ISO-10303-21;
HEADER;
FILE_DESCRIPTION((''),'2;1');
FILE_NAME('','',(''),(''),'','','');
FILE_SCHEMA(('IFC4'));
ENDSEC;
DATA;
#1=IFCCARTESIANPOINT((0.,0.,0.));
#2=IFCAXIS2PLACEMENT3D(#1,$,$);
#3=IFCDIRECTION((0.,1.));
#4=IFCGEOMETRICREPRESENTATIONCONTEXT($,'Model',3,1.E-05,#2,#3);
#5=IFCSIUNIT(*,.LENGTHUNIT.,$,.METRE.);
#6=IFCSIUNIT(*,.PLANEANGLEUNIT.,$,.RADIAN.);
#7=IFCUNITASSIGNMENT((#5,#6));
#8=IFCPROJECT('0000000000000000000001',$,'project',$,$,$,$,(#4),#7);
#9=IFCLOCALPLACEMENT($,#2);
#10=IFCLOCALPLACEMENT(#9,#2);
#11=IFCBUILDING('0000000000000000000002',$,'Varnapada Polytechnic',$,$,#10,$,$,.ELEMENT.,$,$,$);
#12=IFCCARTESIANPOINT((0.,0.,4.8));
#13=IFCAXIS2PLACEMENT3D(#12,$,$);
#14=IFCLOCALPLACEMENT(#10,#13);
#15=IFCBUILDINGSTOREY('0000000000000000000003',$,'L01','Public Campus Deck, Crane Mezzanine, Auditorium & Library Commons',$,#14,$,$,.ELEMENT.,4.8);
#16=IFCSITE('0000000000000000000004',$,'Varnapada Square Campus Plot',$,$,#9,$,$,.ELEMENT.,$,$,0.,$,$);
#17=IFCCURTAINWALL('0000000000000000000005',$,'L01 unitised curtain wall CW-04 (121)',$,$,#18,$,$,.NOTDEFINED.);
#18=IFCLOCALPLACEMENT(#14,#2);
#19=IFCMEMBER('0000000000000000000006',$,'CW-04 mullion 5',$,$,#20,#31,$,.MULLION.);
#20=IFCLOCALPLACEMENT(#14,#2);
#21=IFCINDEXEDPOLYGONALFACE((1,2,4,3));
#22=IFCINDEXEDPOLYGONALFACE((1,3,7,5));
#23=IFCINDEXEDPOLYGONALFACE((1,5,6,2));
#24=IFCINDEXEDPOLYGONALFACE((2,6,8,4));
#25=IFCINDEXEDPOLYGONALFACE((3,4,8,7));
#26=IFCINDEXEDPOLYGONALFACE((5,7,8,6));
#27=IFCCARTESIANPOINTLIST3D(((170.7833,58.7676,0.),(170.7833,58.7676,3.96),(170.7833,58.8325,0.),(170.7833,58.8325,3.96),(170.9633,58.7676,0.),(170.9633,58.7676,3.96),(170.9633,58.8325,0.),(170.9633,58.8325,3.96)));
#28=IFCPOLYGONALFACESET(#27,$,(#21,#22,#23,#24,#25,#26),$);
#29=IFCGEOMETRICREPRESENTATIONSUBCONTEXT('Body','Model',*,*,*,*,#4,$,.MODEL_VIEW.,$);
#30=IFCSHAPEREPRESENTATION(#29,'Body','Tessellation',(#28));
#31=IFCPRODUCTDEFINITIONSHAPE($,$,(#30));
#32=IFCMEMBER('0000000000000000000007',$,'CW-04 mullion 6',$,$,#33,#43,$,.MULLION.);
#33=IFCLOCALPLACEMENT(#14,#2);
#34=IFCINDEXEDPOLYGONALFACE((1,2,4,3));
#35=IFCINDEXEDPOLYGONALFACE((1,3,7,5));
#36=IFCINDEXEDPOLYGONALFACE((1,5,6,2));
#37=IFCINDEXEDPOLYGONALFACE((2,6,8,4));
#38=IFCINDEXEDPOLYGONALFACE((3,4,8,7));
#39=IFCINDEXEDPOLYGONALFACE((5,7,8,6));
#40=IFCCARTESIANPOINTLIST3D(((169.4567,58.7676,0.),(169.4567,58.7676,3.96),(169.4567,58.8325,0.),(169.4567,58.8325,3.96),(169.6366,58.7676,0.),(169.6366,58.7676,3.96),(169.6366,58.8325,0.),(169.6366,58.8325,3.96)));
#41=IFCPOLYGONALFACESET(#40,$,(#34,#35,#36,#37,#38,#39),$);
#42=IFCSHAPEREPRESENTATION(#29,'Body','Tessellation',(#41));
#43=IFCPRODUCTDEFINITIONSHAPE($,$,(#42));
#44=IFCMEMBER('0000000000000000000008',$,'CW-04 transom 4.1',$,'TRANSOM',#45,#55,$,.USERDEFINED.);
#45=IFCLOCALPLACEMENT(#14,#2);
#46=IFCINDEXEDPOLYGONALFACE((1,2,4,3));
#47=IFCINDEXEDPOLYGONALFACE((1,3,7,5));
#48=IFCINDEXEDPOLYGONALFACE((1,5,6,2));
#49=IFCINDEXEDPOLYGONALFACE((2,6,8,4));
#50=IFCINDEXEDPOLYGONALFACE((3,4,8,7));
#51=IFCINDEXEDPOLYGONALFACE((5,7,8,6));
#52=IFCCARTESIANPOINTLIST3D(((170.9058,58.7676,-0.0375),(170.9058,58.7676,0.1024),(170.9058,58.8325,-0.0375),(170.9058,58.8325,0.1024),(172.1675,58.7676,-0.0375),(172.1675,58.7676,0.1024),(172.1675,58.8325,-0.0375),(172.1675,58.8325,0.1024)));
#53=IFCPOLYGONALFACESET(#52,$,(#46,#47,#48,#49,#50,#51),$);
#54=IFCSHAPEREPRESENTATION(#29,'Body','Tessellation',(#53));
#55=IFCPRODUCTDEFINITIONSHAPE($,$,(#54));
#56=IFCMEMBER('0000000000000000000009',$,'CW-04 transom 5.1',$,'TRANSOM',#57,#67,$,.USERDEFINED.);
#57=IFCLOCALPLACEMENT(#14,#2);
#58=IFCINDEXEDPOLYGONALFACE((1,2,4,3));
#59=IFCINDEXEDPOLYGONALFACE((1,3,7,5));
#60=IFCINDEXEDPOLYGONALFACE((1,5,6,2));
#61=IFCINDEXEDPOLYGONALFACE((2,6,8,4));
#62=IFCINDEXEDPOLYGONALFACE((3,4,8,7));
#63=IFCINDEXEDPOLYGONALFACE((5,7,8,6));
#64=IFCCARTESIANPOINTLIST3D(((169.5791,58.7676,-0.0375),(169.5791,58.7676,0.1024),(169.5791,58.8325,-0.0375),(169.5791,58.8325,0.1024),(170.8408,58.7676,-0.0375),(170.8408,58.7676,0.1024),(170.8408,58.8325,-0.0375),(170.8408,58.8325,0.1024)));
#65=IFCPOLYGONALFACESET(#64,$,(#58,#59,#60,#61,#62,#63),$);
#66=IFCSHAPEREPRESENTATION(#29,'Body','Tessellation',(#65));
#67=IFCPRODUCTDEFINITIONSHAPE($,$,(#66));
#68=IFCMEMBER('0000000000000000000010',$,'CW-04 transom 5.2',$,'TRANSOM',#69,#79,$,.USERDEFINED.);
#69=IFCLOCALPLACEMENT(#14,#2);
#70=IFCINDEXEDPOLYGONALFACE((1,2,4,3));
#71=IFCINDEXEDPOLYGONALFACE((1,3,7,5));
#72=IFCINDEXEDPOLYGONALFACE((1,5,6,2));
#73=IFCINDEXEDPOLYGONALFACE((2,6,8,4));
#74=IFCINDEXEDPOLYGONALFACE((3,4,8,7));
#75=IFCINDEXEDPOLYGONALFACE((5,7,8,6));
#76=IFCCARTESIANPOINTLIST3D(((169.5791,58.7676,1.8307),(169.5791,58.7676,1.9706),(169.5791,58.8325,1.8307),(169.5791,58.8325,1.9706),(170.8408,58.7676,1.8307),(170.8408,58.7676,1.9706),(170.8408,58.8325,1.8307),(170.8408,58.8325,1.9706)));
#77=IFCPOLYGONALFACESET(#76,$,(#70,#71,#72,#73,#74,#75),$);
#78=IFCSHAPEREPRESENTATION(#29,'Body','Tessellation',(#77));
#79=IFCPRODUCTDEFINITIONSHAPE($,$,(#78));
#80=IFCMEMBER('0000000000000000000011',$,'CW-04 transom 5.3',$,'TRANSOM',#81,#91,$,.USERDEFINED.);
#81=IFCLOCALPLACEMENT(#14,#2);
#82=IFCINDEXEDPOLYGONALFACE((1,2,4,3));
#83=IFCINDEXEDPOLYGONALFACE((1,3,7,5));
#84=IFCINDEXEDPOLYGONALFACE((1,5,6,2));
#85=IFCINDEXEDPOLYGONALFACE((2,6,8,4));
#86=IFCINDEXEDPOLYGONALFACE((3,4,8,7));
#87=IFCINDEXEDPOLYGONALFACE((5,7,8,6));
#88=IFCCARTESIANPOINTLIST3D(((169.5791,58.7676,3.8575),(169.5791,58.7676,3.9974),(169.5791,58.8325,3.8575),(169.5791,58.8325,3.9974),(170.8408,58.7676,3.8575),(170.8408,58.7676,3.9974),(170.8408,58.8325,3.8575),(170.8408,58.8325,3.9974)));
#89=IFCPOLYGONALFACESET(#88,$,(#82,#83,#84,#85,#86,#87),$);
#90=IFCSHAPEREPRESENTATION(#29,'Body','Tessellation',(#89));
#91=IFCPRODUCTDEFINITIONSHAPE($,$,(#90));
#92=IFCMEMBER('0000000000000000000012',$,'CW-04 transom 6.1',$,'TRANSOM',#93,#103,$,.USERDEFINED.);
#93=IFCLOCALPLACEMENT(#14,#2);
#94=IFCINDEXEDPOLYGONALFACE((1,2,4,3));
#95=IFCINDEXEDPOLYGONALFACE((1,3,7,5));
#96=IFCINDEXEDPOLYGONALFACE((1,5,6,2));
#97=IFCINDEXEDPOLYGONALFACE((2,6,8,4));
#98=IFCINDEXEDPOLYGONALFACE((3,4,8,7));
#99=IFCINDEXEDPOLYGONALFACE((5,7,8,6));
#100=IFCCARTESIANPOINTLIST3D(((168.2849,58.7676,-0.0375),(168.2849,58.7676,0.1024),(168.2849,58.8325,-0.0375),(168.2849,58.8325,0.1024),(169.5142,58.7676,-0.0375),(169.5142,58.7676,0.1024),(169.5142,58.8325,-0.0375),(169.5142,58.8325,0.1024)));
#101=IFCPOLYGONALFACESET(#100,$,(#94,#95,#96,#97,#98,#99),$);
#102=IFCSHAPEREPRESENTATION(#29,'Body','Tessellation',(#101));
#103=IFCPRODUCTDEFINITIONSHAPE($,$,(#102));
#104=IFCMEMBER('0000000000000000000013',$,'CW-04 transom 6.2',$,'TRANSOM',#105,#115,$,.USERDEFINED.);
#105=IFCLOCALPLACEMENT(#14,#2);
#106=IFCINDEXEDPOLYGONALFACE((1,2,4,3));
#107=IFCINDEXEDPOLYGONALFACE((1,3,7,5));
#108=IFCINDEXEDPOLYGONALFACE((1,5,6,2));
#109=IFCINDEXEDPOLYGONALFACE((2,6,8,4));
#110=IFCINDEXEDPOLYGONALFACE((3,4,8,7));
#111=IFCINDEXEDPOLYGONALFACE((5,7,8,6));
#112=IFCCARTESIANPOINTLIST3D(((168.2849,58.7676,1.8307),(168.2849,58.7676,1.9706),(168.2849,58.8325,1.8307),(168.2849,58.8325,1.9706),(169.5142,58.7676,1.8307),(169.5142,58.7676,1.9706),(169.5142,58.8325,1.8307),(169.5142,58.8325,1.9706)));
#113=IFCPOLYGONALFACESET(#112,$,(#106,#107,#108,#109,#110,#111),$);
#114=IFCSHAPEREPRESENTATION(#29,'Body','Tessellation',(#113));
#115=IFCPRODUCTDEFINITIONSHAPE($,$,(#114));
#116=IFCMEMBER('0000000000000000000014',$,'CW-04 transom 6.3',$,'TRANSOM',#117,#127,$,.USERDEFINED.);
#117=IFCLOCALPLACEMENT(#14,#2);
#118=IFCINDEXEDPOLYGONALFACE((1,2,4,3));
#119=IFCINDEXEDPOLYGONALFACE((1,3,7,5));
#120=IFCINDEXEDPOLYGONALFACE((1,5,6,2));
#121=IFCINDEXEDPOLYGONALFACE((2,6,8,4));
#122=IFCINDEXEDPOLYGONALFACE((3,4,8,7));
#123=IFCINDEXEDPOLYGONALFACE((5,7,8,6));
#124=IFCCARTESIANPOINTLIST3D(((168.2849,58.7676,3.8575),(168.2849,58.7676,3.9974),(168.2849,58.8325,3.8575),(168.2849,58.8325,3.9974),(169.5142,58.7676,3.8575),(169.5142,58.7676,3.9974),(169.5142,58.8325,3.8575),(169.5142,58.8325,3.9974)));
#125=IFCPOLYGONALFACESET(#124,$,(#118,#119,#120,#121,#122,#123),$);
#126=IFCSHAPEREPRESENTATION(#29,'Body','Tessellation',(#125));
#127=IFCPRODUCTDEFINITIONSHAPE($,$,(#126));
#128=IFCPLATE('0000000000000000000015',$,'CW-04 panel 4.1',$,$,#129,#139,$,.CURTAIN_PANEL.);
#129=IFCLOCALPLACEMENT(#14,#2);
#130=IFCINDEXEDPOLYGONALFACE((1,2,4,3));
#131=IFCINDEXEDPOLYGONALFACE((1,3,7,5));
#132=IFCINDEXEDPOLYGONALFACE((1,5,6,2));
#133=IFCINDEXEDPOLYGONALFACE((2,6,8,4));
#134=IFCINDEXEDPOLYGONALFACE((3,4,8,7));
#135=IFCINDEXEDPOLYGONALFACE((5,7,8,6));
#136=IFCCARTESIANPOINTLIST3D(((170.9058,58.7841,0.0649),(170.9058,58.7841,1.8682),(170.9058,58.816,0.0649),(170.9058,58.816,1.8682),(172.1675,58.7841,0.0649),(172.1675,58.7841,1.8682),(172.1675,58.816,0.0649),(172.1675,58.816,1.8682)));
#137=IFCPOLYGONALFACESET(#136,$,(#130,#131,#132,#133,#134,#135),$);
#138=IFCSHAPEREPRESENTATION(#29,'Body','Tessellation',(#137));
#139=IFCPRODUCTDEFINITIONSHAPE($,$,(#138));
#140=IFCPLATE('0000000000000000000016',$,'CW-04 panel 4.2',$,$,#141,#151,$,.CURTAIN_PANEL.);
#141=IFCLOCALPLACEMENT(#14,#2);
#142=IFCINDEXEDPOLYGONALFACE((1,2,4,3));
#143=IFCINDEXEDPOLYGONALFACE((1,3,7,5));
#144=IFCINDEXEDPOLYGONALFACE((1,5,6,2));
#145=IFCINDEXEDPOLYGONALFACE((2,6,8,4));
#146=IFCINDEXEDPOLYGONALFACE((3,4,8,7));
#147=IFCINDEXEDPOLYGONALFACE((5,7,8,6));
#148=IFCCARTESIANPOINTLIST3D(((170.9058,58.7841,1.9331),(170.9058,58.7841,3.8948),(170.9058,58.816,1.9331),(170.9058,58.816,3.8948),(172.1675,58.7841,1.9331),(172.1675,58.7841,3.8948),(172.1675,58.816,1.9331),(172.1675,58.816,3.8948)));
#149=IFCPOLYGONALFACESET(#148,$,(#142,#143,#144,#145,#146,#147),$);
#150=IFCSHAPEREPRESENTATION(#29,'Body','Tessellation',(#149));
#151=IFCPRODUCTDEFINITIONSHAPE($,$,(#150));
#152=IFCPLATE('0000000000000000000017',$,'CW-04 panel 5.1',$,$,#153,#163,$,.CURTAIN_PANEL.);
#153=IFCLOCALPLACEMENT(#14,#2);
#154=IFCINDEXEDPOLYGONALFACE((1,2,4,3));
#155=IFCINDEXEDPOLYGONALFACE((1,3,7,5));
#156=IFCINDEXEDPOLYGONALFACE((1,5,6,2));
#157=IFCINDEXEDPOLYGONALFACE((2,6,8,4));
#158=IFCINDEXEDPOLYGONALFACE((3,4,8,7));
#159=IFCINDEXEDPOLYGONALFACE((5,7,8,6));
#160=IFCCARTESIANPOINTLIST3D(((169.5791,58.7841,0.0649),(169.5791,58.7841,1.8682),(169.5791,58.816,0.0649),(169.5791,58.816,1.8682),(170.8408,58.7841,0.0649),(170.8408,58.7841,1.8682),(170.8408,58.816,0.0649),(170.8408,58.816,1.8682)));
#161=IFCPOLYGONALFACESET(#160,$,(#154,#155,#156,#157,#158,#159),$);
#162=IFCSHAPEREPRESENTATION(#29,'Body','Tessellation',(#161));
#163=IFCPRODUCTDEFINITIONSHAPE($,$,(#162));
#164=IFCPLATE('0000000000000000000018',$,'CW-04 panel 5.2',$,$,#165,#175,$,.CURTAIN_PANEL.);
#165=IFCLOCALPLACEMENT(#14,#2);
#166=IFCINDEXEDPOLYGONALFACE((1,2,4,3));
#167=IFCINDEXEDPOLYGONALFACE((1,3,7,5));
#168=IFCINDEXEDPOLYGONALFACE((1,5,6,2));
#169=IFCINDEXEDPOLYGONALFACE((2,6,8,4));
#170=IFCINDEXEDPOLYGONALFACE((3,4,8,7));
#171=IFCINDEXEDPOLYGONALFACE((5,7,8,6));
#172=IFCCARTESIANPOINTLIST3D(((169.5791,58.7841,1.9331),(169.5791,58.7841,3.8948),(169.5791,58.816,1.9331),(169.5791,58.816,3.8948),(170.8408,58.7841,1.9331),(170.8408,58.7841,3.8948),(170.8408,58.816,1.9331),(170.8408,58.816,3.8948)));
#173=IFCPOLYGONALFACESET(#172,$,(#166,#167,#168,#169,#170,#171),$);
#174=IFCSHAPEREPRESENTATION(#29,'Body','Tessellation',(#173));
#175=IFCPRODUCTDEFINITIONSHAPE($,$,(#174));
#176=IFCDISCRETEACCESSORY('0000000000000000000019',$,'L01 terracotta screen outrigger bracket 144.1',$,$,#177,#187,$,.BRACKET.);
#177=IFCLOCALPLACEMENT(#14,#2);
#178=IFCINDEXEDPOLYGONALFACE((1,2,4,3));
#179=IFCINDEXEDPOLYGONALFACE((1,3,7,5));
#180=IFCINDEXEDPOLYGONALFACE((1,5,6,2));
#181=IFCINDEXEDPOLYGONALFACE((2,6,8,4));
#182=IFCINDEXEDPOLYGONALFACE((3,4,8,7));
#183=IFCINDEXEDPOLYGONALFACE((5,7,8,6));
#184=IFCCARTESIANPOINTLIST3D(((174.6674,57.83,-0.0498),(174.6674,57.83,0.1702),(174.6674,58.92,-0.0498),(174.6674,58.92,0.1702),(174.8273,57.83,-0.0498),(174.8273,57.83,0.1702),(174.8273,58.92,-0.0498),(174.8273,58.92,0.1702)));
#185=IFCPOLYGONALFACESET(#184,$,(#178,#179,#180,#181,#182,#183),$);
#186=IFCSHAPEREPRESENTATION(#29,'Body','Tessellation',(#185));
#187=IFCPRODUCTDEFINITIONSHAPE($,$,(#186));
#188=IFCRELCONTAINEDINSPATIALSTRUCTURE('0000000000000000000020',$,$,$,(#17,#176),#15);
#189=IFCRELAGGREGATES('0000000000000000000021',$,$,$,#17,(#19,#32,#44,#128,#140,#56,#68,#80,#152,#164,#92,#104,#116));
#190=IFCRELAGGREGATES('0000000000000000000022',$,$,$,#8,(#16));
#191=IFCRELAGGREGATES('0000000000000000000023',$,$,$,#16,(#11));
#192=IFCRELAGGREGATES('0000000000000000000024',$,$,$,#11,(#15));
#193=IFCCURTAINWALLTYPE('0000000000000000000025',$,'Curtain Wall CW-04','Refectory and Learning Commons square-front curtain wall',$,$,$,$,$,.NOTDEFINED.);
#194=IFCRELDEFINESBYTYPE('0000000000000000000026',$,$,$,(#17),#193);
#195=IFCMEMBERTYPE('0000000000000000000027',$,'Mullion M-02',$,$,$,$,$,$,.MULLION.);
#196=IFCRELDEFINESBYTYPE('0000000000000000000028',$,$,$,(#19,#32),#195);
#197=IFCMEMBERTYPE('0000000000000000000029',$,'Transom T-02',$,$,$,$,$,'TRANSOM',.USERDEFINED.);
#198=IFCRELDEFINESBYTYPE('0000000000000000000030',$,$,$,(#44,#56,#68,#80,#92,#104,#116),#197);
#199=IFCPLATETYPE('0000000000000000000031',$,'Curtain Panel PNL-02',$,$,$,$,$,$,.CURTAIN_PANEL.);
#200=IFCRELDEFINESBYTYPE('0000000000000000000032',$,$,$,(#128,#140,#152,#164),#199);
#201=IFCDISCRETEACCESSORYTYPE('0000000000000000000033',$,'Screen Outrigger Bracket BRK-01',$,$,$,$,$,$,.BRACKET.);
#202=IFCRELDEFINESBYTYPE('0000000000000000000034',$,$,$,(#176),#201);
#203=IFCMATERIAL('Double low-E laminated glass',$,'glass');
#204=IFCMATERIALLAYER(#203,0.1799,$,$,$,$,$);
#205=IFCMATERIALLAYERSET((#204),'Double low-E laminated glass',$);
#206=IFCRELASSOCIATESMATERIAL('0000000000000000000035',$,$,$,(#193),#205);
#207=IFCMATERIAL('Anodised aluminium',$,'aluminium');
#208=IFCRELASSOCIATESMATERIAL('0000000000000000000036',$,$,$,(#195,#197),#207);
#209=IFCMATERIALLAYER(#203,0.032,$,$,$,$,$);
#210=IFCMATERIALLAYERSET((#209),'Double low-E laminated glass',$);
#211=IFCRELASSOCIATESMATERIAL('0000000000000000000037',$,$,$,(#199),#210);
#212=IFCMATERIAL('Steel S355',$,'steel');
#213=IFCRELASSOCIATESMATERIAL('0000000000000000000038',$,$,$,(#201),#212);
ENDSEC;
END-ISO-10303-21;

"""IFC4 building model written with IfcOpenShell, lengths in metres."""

from ifc_helpers import new_model, si_unit, direction, frame, origin, origin_2d, place, context, subcontext, project, spatial, rectangle, extrude, material, layer, layer_set, material_profile, profile_set, type_object, element, aggregate, save


model = new_model("IFC4")

# Units and contexts
model_context = context("Model", 3, precision=1e-05, world=origin(), true_north=direction((0.0, 1.0)))
body_context = subcontext(model_context, "Body", "Model", "MODEL_VIEW")
ifc_project = project(units=[si_unit("LENGTHUNIT", "METRE"), si_unit("PLANEANGLEUNIT", "RADIAN")], contexts=[model_context])

# Site, building, storey
site_placement = place(None, origin())
site = spatial("IfcSite", under=ifc_project, at=site_placement, Name="Varnapada Square Campus Plot", CompositionType="ELEMENT", RefElevation=0.0)
building_placement = place(site_placement, origin())
building = spatial("IfcBuilding", under=site, at=building_placement, Name="Varnapada Polytechnic", CompositionType="ELEMENT")
storey_placement = place(building_placement, frame((0.0, 0.0, 4.8)))
storey = spatial("IfcBuildingStorey", under=building, at=storey_placement, Name="L01", Description="Public Campus Deck, Crane Mezzanine, Auditorium & Library Commons", CompositionType="ELEMENT", Elevation=4.8)

# Curtain wall, members, plates
ifc_material_1 = material(Name="Double low-E laminated glass", Category="glass")
ifc_layer_1 = layer(ifc_material_1, 0.1799)
ifc_layer_set_1 = layer_set([ifc_layer_1], Name="Double low-E laminated glass")
curtain_wall_type = type_object("IfcCurtainWallType", Name="Curtain Wall CW-04", Description="Refectory and Learning Commons square-front curtain wall", PredefinedType="NOTDEFINED", material=ifc_layer_set_1)
curtain_wall_placement = place(storey_placement, origin())
curtain_wall = element("IfcCurtainWall", 1, at=curtain_wall_placement, inside=storey, type_object=curtain_wall_type, Name="L01 unitised curtain wall CW-04 (121)", PredefinedType="NOTDEFINED")
ifc_material_2 = material(Name="Anodised aluminium", Category="aluminium")
ifc_material_profile_1 = material_profile(ifc_material_2, rectangle(XDim=0.0649, YDim=0.1799, at=origin_2d()), Name="ALU M65x180")
ifc_profile_set_1 = profile_set([ifc_material_profile_1], Name="Anodised aluminium")
member_type_1 = type_object("IfcMemberType", Name="Mullion M-02", PredefinedType="MULLION", material=ifc_profile_set_1)
member_1_placement = place(storey_placement, frame((170.8733, 58.8, 0.0), z_axis=(0.0, 0.0, 1.0), x_axis=(0.0, -1.0, 0.0)))
member_1 = element("IfcMember", 2, at=member_1_placement, type_object=member_type_1, Name="CW-04 mullion 5", PredefinedType="MULLION", context=body_context, shape_type="SweptSolid", body=[
    extrude(rectangle(XDim=0.0649, YDim=0.1799, at=origin_2d()), origin(), (0.0, 0.0, 1.0), 3.96),
])
member_2_placement = place(storey_placement, frame((169.5466, 58.8, 0.0), z_axis=(0.0, 0.0, 1.0), x_axis=(0.0, -1.0, 0.0)))
member_2 = element("IfcMember", 3, at=member_2_placement, type_object=member_type_1, Name="CW-04 mullion 6", PredefinedType="MULLION", context=body_context, shape_type="SweptSolid", body=[
    extrude(rectangle(XDim=0.0649, YDim=0.1799, at=origin_2d()), origin(), (0.0, 0.0, 1.0), 3.96),
])
ifc_material_profile_2 = material_profile(ifc_material_2, rectangle(XDim=0.0649, YDim=0.1399, at=origin_2d()), Name="ALU T65x140")
ifc_profile_set_2 = profile_set([ifc_material_profile_2], Name="Anodised aluminium")
member_type_2 = type_object("IfcMemberType", Name="Transom T-02", ElementType="TRANSOM", PredefinedType="USERDEFINED", material=ifc_profile_set_2)
member_3_placement = place(storey_placement, frame((172.1675, 58.8, 0.0325), z_axis=(-1.0, 0.0, 0.0), x_axis=(0.0, -1.0, 0.0)))
member_3 = element("IfcMember", 4, at=member_3_placement, type_object=member_type_2, Name="CW-04 transom 4.1", ObjectType="TRANSOM", PredefinedType="USERDEFINED", context=body_context, shape_type="SweptSolid", body=[
    extrude(rectangle(XDim=0.0649, YDim=0.1399, at=origin_2d()), origin(), (0.0, 0.0, 1.0), 1.2617),
])
member_4_placement = place(storey_placement, frame((170.8408, 58.8, 0.0325), z_axis=(-1.0, 0.0, 0.0), x_axis=(0.0, -1.0, 0.0)))
member_4 = element("IfcMember", 5, at=member_4_placement, type_object=member_type_2, Name="CW-04 transom 5.1", ObjectType="TRANSOM", PredefinedType="USERDEFINED", context=body_context, shape_type="SweptSolid", body=[
    extrude(rectangle(XDim=0.0649, YDim=0.1399, at=origin_2d()), origin(), (0.0, 0.0, 1.0), 1.2617),
])
member_5_placement = place(storey_placement, frame((170.8408, 58.8, 1.9006), z_axis=(-1.0, 0.0, 0.0), x_axis=(0.0, -1.0, 0.0)))
member_5 = element("IfcMember", 6, at=member_5_placement, type_object=member_type_2, Name="CW-04 transom 5.2", ObjectType="TRANSOM", PredefinedType="USERDEFINED", context=body_context, shape_type="SweptSolid", body=[
    extrude(rectangle(XDim=0.0649, YDim=0.1399, at=origin_2d()), origin(), (0.0, 0.0, 1.0), 1.2617),
])
member_6_placement = place(storey_placement, frame((170.8408, 58.8, 3.9275), z_axis=(-1.0, 0.0, 0.0), x_axis=(0.0, -1.0, 0.0)))
member_6 = element("IfcMember", 7, at=member_6_placement, type_object=member_type_2, Name="CW-04 transom 5.3", ObjectType="TRANSOM", PredefinedType="USERDEFINED", context=body_context, shape_type="SweptSolid", body=[
    extrude(rectangle(XDim=0.0649, YDim=0.1399, at=origin_2d()), origin(), (0.0, 0.0, 1.0), 1.2617),
])
member_7_placement = place(storey_placement, frame((169.5142, 58.8, 0.0325), z_axis=(-1.0, 0.0, 0.0), x_axis=(0.0, -1.0, 0.0)))
member_7 = element("IfcMember", 8, at=member_7_placement, type_object=member_type_2, Name="CW-04 transom 6.1", ObjectType="TRANSOM", PredefinedType="USERDEFINED", context=body_context, shape_type="SweptSolid", body=[
    extrude(rectangle(XDim=0.0649, YDim=0.1399, at=origin_2d()), origin(), (0.0, 0.0, 1.0), 1.2292),
])
member_8_placement = place(storey_placement, frame((169.5142, 58.8, 1.9006), z_axis=(-1.0, 0.0, 0.0), x_axis=(0.0, -1.0, 0.0)))
member_8 = element("IfcMember", 9, at=member_8_placement, type_object=member_type_2, Name="CW-04 transom 6.2", ObjectType="TRANSOM", PredefinedType="USERDEFINED", context=body_context, shape_type="SweptSolid", body=[
    extrude(rectangle(XDim=0.0649, YDim=0.1399, at=origin_2d()), origin(), (0.0, 0.0, 1.0), 1.2292),
])
member_9_placement = place(storey_placement, frame((169.5142, 58.8, 3.9275), z_axis=(-1.0, 0.0, 0.0), x_axis=(0.0, -1.0, 0.0)))
member_9 = element("IfcMember", 10, at=member_9_placement, type_object=member_type_2, Name="CW-04 transom 6.3", ObjectType="TRANSOM", PredefinedType="USERDEFINED", context=body_context, shape_type="SweptSolid", body=[
    extrude(rectangle(XDim=0.0649, YDim=0.1399, at=origin_2d()), origin(), (0.0, 0.0, 1.0), 1.2292),
])
ifc_layer_2 = layer(ifc_material_1, 0.032)
ifc_layer_set_2 = layer_set([ifc_layer_2], Name="Double low-E laminated glass")
plate_type = type_object("IfcPlateType", Name="Curtain Panel PNL-02", PredefinedType="CURTAIN_PANEL", material=ifc_layer_set_2)
plate_1_placement = place(storey_placement, frame((171.5366, 58.8, 0.0649), z_axis=(0.0, 0.0, 1.0), x_axis=(-1.0, 0.0, 0.0)))
plate_1 = element("IfcPlate", 11, at=plate_1_placement, type_object=plate_type, Name="CW-04 panel 4.1", PredefinedType="CURTAIN_PANEL", context=body_context, shape_type="SweptSolid", body=[
    extrude(rectangle(XDim=1.2617, YDim=0.032, at=origin_2d()), origin(), (0.0, 0.0, 1.0), 1.8032),
])
plate_2_placement = place(storey_placement, frame((171.5366, 58.8, 1.9331), z_axis=(0.0, 0.0, 1.0), x_axis=(-1.0, 0.0, 0.0)))
plate_2 = element("IfcPlate", 12, at=plate_2_placement, type_object=plate_type, Name="CW-04 panel 4.2", PredefinedType="CURTAIN_PANEL", context=body_context, shape_type="SweptSolid", body=[
    extrude(rectangle(XDim=1.2617, YDim=0.032, at=origin_2d()), origin(), (0.0, 0.0, 1.0), 1.9617),
])
plate_3_placement = place(storey_placement, frame((170.21, 58.8, 0.0649), z_axis=(0.0, 0.0, 1.0), x_axis=(-1.0, 0.0, 0.0)))
plate_3 = element("IfcPlate", 13, at=plate_3_placement, type_object=plate_type, Name="CW-04 panel 5.1", PredefinedType="CURTAIN_PANEL", context=body_context, shape_type="SweptSolid", body=[
    extrude(rectangle(XDim=1.2617, YDim=0.032, at=origin_2d()), origin(), (0.0, 0.0, 1.0), 1.8032),
])
plate_4_placement = place(storey_placement, frame((170.21, 58.8, 1.9331), z_axis=(0.0, 0.0, 1.0), x_axis=(-1.0, 0.0, 0.0)))
plate_4 = element("IfcPlate", 14, at=plate_4_placement, type_object=plate_type, Name="CW-04 panel 5.2", PredefinedType="CURTAIN_PANEL", context=body_context, shape_type="SweptSolid", body=[
    extrude(rectangle(XDim=1.2617, YDim=0.032, at=origin_2d()), origin(), (0.0, 0.0, 1.0), 1.9617),
])
aggregate(curtain_wall, [member_1, member_2, member_3, plate_1, plate_2, member_4, member_5, member_6, plate_3, plate_4, member_7, member_8, member_9])

# Discrete accessory
ifc_material_3 = material(Name="Steel S355", Category="steel")
discrete_accessory_type = type_object("IfcDiscreteAccessoryType", Name="Screen Outrigger Bracket BRK-01", PredefinedType="BRACKET", material=ifc_material_3)
discrete_accessory_placement = place(storey_placement, frame((174.7473, 58.375, -0.0498), z_axis=(0.0, 0.0, 1.0), x_axis=(-1.0, 0.0, 0.0)))
element("IfcDiscreteAccessory", 15, at=discrete_accessory_placement, inside=storey, type_object=discrete_accessory_type, Name="L01 terracotta screen outrigger bracket 144.1", PredefinedType="BRACKET", context=body_context, shape_type="SweptSolid", body=[
    extrude(rectangle(XDim=0.1599, YDim=1.0901, at=origin_2d()), origin(), (0.0, 0.0, 1.0), 0.22),
])

save(model, "model.ifc")
